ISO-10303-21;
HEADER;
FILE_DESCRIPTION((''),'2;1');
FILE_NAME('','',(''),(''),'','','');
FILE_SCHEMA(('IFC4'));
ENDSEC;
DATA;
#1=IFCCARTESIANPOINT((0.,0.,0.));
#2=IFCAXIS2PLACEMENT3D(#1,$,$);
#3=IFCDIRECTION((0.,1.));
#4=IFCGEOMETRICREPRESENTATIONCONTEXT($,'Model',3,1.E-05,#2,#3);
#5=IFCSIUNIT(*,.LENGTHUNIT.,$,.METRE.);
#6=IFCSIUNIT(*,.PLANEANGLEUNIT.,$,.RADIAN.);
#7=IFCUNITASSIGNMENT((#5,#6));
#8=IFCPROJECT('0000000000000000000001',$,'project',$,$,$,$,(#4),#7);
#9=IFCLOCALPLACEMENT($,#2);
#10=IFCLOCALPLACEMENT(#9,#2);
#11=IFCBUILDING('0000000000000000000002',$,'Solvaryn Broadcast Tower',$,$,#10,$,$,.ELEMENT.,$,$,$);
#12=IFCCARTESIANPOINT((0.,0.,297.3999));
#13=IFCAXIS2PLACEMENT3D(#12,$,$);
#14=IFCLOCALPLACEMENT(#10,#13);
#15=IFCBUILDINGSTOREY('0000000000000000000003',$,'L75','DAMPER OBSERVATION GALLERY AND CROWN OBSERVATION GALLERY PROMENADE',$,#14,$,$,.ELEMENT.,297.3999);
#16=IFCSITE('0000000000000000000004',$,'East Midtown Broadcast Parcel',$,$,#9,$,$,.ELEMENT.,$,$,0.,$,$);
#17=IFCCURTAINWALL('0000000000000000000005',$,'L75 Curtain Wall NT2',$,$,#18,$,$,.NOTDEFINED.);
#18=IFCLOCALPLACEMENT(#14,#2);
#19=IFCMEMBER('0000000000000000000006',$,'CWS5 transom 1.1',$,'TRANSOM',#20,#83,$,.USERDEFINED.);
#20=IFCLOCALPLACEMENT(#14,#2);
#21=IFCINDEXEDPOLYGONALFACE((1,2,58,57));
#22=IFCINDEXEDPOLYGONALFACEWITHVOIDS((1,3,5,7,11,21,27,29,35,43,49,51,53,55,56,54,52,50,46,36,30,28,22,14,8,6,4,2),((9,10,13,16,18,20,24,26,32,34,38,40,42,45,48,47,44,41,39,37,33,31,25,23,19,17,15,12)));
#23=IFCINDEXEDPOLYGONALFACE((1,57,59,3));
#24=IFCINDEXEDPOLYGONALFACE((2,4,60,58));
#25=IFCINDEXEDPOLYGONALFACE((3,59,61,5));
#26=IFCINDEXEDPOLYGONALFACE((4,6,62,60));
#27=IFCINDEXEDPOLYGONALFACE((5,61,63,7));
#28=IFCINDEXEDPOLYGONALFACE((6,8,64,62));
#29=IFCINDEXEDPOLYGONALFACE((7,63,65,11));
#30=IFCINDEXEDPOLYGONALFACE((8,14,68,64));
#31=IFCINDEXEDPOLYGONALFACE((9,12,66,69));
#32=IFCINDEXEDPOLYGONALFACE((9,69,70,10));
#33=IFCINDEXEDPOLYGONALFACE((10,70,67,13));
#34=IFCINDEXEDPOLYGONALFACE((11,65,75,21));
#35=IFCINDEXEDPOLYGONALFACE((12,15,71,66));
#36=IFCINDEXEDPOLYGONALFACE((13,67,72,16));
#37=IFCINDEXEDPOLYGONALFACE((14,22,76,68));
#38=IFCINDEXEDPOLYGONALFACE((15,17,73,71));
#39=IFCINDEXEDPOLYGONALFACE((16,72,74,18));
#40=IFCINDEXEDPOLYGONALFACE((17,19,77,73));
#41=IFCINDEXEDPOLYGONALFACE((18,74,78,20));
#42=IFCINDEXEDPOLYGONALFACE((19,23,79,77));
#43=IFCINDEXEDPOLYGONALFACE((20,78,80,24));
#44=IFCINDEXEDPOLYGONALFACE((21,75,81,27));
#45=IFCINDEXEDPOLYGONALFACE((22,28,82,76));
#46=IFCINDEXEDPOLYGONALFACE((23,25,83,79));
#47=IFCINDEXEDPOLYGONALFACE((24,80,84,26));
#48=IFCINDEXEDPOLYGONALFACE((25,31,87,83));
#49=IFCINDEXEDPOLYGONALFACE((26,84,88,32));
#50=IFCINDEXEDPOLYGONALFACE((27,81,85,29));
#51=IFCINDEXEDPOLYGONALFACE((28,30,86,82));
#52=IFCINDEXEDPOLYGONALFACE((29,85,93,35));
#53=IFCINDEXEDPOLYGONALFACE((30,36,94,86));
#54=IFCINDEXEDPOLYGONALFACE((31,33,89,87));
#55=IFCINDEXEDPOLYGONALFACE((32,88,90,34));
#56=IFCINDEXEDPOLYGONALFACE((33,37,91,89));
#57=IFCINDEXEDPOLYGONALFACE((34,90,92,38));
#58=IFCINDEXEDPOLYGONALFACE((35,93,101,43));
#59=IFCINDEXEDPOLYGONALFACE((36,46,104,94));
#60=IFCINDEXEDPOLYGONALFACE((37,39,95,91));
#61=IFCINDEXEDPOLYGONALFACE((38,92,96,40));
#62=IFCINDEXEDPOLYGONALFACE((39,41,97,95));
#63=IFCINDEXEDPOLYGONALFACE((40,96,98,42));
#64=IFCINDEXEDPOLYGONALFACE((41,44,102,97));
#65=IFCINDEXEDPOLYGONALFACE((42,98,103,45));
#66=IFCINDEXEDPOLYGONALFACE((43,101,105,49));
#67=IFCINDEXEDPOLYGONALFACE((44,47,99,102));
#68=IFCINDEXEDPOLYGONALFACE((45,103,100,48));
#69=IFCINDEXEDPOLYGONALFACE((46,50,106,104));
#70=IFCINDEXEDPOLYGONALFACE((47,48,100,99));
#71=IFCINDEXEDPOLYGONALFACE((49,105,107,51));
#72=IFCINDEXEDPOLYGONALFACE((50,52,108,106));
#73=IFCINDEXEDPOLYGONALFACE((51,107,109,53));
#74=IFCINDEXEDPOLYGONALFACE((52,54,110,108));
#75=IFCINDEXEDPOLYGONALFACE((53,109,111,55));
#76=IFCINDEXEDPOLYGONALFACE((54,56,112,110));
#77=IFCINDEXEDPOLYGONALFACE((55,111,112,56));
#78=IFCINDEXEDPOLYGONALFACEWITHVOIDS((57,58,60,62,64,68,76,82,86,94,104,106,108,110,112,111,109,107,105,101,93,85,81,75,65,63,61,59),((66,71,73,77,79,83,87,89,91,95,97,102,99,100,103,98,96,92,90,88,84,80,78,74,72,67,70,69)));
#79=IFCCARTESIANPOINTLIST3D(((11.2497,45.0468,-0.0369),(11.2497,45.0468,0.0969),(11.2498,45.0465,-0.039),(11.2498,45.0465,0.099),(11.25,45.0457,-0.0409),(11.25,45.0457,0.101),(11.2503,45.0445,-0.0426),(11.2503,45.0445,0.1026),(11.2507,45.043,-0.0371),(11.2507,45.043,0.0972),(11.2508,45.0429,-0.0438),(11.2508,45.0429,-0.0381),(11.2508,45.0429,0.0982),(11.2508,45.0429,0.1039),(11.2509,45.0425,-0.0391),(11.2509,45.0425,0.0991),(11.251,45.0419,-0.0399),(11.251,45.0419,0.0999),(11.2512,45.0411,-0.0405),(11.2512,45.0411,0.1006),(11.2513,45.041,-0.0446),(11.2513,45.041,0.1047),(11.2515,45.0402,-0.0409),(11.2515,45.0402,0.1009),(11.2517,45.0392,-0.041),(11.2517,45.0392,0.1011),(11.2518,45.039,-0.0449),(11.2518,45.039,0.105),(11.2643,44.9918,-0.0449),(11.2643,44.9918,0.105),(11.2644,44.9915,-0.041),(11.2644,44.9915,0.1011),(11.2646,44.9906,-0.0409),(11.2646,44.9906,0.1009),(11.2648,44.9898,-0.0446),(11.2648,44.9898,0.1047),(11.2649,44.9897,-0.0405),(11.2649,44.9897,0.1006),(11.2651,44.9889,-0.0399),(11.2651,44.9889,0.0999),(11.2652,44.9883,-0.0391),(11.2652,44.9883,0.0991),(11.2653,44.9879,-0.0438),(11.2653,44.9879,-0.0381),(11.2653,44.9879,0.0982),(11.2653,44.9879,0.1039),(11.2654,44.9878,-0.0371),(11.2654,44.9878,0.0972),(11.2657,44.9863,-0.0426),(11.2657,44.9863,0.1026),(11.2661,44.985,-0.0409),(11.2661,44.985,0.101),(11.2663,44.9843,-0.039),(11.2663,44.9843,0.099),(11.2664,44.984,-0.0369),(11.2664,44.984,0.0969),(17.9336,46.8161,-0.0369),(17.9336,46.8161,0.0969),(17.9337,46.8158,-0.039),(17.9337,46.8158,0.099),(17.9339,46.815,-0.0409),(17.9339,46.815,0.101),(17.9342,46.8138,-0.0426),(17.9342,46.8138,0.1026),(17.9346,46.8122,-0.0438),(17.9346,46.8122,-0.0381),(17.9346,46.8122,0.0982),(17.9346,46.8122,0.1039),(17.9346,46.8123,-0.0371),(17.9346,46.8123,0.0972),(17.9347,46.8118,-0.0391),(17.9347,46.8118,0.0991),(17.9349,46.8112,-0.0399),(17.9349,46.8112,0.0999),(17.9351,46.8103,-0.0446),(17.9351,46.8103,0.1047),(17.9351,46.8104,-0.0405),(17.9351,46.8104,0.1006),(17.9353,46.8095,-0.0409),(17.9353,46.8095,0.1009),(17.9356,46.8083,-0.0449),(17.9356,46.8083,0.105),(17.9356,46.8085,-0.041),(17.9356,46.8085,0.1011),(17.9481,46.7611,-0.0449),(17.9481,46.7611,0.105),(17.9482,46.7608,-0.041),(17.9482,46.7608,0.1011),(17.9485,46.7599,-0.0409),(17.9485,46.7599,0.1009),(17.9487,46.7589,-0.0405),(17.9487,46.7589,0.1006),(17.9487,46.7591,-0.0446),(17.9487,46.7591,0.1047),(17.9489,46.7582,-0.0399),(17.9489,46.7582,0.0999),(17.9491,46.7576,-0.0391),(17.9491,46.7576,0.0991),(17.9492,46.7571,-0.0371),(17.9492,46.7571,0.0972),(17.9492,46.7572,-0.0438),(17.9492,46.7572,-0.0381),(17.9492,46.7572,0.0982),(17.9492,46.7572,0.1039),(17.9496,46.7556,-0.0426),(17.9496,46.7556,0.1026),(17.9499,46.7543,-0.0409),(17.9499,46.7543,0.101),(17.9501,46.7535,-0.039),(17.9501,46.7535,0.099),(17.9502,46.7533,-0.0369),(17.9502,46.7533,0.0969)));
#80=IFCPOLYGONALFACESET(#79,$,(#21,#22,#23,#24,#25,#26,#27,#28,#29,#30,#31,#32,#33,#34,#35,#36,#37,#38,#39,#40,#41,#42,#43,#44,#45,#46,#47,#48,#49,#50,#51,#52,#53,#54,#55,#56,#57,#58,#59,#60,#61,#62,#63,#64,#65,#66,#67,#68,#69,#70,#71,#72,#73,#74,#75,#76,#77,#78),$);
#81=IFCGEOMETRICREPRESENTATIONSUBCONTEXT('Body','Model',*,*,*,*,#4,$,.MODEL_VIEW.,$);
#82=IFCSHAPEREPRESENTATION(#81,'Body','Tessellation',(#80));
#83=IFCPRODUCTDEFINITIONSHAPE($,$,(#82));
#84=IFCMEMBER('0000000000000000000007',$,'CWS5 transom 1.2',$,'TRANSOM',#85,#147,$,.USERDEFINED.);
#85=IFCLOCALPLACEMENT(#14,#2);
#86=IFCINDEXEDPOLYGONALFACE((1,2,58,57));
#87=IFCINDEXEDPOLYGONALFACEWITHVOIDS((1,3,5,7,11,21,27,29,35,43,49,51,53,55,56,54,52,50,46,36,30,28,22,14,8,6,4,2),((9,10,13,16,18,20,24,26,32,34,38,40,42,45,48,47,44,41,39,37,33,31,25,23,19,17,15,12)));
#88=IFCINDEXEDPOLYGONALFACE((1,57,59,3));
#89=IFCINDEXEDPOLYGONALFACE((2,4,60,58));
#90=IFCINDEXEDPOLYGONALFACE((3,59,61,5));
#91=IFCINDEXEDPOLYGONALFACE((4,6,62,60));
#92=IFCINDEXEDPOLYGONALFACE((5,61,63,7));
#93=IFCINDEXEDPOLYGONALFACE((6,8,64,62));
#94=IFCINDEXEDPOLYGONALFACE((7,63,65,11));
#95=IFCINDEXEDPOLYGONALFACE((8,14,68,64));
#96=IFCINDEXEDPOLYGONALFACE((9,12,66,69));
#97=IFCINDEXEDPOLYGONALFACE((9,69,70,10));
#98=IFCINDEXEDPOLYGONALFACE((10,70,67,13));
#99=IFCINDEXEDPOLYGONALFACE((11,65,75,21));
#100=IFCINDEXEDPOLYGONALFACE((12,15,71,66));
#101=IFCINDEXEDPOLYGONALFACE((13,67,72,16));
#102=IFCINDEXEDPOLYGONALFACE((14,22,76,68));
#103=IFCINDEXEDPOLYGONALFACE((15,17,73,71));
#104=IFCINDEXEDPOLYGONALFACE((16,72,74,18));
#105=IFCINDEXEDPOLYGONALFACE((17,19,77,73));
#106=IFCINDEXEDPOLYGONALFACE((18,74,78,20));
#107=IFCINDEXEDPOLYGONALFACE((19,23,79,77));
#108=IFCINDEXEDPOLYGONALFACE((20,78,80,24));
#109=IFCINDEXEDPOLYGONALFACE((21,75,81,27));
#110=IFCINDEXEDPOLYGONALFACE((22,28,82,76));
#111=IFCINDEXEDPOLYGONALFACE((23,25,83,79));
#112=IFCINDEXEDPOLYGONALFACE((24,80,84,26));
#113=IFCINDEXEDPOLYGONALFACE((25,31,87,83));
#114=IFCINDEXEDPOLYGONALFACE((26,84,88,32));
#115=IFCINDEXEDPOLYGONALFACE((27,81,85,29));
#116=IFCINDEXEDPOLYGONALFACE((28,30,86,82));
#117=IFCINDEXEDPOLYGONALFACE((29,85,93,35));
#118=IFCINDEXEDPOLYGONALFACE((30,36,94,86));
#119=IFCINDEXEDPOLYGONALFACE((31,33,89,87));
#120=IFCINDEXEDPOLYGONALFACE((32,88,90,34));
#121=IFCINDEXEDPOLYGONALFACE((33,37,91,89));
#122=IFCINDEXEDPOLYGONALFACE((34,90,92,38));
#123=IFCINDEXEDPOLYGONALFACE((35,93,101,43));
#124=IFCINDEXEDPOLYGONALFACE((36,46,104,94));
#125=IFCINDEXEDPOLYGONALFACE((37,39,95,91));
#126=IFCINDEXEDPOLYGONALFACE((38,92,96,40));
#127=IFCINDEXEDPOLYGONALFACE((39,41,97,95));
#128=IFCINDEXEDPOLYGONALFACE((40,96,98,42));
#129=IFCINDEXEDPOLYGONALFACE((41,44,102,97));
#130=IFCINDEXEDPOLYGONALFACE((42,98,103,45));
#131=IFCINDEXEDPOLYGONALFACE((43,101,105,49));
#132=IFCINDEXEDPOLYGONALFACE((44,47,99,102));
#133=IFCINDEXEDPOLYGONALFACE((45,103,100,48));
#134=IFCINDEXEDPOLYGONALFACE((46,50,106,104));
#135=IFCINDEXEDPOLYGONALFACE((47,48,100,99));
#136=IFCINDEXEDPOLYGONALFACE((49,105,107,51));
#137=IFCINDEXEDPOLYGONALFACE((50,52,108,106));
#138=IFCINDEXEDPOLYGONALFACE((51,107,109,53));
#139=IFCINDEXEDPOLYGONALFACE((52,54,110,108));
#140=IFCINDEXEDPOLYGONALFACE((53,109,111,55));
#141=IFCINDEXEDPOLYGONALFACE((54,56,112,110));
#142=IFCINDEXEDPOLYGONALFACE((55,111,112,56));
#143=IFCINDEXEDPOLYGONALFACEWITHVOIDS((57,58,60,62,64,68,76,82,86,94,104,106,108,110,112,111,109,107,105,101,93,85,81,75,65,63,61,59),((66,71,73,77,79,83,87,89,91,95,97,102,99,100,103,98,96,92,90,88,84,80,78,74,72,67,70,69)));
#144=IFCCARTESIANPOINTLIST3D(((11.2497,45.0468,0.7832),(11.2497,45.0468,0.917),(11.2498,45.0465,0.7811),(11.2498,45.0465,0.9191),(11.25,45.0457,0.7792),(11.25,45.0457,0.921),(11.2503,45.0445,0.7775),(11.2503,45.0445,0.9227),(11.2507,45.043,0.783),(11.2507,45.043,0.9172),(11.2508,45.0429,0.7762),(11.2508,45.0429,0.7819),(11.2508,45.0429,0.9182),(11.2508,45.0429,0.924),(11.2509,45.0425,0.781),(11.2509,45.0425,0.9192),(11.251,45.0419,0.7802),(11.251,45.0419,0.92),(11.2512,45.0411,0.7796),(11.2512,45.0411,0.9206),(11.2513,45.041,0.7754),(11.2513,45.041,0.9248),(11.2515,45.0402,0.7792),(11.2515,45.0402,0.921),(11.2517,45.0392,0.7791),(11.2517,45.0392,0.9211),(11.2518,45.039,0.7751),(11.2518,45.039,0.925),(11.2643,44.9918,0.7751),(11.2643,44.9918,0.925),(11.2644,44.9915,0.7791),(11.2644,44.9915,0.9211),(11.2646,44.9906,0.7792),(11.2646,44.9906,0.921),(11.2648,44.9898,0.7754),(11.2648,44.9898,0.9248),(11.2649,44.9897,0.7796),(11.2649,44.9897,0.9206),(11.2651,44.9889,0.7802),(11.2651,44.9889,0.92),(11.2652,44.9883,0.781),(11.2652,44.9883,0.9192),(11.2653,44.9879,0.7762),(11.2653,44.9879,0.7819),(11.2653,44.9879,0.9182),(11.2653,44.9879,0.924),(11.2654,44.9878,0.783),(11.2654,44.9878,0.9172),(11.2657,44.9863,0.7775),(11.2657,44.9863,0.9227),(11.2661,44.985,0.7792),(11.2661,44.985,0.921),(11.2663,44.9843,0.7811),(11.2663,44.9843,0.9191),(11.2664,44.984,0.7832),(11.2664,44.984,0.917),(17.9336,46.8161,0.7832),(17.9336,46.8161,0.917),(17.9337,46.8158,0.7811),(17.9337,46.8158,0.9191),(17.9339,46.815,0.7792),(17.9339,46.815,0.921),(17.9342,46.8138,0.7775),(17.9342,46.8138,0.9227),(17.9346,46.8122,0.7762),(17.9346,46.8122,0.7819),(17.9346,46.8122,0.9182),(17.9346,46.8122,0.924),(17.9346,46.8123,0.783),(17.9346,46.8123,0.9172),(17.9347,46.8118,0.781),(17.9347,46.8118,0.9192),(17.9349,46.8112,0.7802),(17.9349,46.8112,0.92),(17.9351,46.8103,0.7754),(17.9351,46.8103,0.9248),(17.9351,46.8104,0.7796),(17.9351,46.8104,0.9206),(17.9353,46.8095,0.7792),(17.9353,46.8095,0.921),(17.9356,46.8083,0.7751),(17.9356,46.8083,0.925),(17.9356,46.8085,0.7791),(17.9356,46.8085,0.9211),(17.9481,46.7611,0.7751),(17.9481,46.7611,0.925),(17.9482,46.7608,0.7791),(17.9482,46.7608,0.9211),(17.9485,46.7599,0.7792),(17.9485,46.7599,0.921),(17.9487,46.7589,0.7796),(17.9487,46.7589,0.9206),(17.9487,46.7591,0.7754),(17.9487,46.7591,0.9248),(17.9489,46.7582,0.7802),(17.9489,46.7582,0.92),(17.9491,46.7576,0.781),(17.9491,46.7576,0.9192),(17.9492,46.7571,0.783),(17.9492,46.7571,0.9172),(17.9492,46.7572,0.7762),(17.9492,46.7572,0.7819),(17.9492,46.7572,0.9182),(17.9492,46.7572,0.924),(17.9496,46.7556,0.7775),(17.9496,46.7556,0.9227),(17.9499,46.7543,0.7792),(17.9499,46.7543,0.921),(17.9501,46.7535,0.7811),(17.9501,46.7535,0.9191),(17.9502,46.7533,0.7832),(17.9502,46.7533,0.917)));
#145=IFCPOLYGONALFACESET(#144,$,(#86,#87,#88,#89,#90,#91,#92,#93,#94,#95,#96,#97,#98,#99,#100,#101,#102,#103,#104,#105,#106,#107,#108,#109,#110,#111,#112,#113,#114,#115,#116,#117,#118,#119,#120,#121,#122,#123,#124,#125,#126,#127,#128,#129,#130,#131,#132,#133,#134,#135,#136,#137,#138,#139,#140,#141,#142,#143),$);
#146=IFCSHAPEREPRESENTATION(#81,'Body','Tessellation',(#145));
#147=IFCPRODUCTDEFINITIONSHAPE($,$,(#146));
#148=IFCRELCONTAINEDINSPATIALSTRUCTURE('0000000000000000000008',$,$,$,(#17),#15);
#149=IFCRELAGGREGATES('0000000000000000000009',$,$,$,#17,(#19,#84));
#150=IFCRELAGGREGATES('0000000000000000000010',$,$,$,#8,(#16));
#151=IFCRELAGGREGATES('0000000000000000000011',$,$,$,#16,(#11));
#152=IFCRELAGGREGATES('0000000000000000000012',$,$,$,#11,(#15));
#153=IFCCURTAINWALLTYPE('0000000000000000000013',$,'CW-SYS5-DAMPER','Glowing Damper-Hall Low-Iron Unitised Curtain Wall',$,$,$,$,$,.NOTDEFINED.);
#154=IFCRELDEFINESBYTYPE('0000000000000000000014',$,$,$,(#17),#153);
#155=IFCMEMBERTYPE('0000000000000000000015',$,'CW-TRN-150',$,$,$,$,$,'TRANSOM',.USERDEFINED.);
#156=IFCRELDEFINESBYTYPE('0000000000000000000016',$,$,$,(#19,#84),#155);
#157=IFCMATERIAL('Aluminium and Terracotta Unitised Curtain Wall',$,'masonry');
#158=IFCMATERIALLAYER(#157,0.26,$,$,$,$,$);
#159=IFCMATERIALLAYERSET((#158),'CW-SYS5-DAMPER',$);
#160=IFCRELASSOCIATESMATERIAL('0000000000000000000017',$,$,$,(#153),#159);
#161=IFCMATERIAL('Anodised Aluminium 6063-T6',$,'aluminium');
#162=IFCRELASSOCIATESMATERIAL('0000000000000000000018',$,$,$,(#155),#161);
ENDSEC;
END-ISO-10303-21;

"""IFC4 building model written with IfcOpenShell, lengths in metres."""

from ifc_helpers import new_model, si_unit, direction, frame, origin, origin_2d, place, context, subcontext, project, spatial, hollow_rectangle, extrude, material, layer, layer_set, material_profile, profile_set, type_object, element, aggregate, save


model = new_model("IFC4")

# Units and contexts
model_context = context("Model", 3, precision=1e-05, world=origin(), true_north=direction((0.0, 1.0)))
body_context = subcontext(model_context, "Body", "Model", "MODEL_VIEW")
ifc_project = project(units=[si_unit("LENGTHUNIT", "METRE"), si_unit("PLANEANGLEUNIT", "RADIAN")], contexts=[model_context])

# Site, building, storey
site_placement = place(None, origin())
site = spatial("IfcSite", under=ifc_project, at=site_placement, Name="East Midtown Broadcast Parcel", CompositionType="ELEMENT", RefElevation=0.0)
building_placement = place(site_placement, origin())
building = spatial("IfcBuilding", under=site, at=building_placement, Name="Solvaryn Broadcast Tower", CompositionType="ELEMENT")
storey_placement = place(building_placement, frame((0.0, 0.0, 297.3999)))
storey = spatial("IfcBuildingStorey", under=building, at=storey_placement, Name="L75", Description="DAMPER OBSERVATION GALLERY AND CROWN OBSERVATION GALLERY PROMENADE", CompositionType="ELEMENT", Elevation=297.3999)

# Shared definitions
ifc_material_1 = material(Name="Aluminium and Terracotta Unitised Curtain Wall", Category="masonry")
ifc_layer_1 = layer(ifc_material_1, 0.26)
ifc_layer_set_1 = layer_set([ifc_layer_1], Name="CW-SYS5-DAMPER")
curtain_wall_type = type_object("IfcCurtainWallType", Name="CW-SYS5-DAMPER", Description="Glowing Damper-Hall Low-Iron Unitised Curtain Wall", PredefinedType="NOTDEFINED", material=ifc_layer_set_1)

# Curtain wall
curtain_wall_1_placement = place(storey_placement, origin())
curtain_wall_1 = element("IfcCurtainWall", 1, at=curtain_wall_1_placement, inside=storey, type_object=curtain_wall_type, Name="L75 Curtain Wall NT2", PredefinedType="NOTDEFINED")

# Members
ifc_material_2 = material(Name="Anodised Aluminium 6063-T6", Category="aluminium")
ifc_material_profile_1 = material_profile(ifc_material_2, hollow_rectangle(XDim=0.0649, YDim=0.1499, WallThickness=0.0039, InnerFilletRadius=0.0039, OuterFilletRadius=0.0081, at=origin_2d()))
ifc_profile_set_1 = profile_set([ifc_material_profile_1], Name="Anodised Aluminium 6063-T6")
member_type_1 = type_object("IfcMemberType", Name="CW-TRN-150", ElementType="TRANSOM", PredefinedType="USERDEFINED", material=ifc_profile_set_1)
member_1_placement = place(storey_placement, frame((17.9419, 46.7847, 0.03), z_axis=(-0.966704, -0.255897, 0.0), x_axis=(0.255897, -0.966704, 0.0)))
member_1 = element("IfcMember", 2, at=member_1_placement, type_object=member_type_1, Name="CWS5 transom 1.1", ObjectType="TRANSOM", PredefinedType="USERDEFINED", context=body_context, shape_type="SweptSolid", body=[
    extrude(hollow_rectangle(XDim=0.0649, YDim=0.1499, WallThickness=0.0039, InnerFilletRadius=0.0039, OuterFilletRadius=0.0081, at=origin_2d()), origin(), (0.0, 0.0, 1.0), 6.9141),
])
member_2_placement = place(storey_placement, frame((17.9419, 46.7847, 0.8501), z_axis=(-0.966704, -0.255897, 0.0), x_axis=(0.255897, -0.966704, 0.0)))
member_2 = element("IfcMember", 3, at=member_2_placement, type_object=member_type_1, Name="CWS5 transom 1.2", ObjectType="TRANSOM", PredefinedType="USERDEFINED", context=body_context, shape_type="SweptSolid", body=[
    extrude(hollow_rectangle(XDim=0.0649, YDim=0.1499, WallThickness=0.0039, InnerFilletRadius=0.0039, OuterFilletRadius=0.0081, at=origin_2d()), origin(), (0.0, 0.0, 1.0), 6.9141),
])

aggregate(curtain_wall_1, [member_1, member_2])

save(model, "model.ifc")
